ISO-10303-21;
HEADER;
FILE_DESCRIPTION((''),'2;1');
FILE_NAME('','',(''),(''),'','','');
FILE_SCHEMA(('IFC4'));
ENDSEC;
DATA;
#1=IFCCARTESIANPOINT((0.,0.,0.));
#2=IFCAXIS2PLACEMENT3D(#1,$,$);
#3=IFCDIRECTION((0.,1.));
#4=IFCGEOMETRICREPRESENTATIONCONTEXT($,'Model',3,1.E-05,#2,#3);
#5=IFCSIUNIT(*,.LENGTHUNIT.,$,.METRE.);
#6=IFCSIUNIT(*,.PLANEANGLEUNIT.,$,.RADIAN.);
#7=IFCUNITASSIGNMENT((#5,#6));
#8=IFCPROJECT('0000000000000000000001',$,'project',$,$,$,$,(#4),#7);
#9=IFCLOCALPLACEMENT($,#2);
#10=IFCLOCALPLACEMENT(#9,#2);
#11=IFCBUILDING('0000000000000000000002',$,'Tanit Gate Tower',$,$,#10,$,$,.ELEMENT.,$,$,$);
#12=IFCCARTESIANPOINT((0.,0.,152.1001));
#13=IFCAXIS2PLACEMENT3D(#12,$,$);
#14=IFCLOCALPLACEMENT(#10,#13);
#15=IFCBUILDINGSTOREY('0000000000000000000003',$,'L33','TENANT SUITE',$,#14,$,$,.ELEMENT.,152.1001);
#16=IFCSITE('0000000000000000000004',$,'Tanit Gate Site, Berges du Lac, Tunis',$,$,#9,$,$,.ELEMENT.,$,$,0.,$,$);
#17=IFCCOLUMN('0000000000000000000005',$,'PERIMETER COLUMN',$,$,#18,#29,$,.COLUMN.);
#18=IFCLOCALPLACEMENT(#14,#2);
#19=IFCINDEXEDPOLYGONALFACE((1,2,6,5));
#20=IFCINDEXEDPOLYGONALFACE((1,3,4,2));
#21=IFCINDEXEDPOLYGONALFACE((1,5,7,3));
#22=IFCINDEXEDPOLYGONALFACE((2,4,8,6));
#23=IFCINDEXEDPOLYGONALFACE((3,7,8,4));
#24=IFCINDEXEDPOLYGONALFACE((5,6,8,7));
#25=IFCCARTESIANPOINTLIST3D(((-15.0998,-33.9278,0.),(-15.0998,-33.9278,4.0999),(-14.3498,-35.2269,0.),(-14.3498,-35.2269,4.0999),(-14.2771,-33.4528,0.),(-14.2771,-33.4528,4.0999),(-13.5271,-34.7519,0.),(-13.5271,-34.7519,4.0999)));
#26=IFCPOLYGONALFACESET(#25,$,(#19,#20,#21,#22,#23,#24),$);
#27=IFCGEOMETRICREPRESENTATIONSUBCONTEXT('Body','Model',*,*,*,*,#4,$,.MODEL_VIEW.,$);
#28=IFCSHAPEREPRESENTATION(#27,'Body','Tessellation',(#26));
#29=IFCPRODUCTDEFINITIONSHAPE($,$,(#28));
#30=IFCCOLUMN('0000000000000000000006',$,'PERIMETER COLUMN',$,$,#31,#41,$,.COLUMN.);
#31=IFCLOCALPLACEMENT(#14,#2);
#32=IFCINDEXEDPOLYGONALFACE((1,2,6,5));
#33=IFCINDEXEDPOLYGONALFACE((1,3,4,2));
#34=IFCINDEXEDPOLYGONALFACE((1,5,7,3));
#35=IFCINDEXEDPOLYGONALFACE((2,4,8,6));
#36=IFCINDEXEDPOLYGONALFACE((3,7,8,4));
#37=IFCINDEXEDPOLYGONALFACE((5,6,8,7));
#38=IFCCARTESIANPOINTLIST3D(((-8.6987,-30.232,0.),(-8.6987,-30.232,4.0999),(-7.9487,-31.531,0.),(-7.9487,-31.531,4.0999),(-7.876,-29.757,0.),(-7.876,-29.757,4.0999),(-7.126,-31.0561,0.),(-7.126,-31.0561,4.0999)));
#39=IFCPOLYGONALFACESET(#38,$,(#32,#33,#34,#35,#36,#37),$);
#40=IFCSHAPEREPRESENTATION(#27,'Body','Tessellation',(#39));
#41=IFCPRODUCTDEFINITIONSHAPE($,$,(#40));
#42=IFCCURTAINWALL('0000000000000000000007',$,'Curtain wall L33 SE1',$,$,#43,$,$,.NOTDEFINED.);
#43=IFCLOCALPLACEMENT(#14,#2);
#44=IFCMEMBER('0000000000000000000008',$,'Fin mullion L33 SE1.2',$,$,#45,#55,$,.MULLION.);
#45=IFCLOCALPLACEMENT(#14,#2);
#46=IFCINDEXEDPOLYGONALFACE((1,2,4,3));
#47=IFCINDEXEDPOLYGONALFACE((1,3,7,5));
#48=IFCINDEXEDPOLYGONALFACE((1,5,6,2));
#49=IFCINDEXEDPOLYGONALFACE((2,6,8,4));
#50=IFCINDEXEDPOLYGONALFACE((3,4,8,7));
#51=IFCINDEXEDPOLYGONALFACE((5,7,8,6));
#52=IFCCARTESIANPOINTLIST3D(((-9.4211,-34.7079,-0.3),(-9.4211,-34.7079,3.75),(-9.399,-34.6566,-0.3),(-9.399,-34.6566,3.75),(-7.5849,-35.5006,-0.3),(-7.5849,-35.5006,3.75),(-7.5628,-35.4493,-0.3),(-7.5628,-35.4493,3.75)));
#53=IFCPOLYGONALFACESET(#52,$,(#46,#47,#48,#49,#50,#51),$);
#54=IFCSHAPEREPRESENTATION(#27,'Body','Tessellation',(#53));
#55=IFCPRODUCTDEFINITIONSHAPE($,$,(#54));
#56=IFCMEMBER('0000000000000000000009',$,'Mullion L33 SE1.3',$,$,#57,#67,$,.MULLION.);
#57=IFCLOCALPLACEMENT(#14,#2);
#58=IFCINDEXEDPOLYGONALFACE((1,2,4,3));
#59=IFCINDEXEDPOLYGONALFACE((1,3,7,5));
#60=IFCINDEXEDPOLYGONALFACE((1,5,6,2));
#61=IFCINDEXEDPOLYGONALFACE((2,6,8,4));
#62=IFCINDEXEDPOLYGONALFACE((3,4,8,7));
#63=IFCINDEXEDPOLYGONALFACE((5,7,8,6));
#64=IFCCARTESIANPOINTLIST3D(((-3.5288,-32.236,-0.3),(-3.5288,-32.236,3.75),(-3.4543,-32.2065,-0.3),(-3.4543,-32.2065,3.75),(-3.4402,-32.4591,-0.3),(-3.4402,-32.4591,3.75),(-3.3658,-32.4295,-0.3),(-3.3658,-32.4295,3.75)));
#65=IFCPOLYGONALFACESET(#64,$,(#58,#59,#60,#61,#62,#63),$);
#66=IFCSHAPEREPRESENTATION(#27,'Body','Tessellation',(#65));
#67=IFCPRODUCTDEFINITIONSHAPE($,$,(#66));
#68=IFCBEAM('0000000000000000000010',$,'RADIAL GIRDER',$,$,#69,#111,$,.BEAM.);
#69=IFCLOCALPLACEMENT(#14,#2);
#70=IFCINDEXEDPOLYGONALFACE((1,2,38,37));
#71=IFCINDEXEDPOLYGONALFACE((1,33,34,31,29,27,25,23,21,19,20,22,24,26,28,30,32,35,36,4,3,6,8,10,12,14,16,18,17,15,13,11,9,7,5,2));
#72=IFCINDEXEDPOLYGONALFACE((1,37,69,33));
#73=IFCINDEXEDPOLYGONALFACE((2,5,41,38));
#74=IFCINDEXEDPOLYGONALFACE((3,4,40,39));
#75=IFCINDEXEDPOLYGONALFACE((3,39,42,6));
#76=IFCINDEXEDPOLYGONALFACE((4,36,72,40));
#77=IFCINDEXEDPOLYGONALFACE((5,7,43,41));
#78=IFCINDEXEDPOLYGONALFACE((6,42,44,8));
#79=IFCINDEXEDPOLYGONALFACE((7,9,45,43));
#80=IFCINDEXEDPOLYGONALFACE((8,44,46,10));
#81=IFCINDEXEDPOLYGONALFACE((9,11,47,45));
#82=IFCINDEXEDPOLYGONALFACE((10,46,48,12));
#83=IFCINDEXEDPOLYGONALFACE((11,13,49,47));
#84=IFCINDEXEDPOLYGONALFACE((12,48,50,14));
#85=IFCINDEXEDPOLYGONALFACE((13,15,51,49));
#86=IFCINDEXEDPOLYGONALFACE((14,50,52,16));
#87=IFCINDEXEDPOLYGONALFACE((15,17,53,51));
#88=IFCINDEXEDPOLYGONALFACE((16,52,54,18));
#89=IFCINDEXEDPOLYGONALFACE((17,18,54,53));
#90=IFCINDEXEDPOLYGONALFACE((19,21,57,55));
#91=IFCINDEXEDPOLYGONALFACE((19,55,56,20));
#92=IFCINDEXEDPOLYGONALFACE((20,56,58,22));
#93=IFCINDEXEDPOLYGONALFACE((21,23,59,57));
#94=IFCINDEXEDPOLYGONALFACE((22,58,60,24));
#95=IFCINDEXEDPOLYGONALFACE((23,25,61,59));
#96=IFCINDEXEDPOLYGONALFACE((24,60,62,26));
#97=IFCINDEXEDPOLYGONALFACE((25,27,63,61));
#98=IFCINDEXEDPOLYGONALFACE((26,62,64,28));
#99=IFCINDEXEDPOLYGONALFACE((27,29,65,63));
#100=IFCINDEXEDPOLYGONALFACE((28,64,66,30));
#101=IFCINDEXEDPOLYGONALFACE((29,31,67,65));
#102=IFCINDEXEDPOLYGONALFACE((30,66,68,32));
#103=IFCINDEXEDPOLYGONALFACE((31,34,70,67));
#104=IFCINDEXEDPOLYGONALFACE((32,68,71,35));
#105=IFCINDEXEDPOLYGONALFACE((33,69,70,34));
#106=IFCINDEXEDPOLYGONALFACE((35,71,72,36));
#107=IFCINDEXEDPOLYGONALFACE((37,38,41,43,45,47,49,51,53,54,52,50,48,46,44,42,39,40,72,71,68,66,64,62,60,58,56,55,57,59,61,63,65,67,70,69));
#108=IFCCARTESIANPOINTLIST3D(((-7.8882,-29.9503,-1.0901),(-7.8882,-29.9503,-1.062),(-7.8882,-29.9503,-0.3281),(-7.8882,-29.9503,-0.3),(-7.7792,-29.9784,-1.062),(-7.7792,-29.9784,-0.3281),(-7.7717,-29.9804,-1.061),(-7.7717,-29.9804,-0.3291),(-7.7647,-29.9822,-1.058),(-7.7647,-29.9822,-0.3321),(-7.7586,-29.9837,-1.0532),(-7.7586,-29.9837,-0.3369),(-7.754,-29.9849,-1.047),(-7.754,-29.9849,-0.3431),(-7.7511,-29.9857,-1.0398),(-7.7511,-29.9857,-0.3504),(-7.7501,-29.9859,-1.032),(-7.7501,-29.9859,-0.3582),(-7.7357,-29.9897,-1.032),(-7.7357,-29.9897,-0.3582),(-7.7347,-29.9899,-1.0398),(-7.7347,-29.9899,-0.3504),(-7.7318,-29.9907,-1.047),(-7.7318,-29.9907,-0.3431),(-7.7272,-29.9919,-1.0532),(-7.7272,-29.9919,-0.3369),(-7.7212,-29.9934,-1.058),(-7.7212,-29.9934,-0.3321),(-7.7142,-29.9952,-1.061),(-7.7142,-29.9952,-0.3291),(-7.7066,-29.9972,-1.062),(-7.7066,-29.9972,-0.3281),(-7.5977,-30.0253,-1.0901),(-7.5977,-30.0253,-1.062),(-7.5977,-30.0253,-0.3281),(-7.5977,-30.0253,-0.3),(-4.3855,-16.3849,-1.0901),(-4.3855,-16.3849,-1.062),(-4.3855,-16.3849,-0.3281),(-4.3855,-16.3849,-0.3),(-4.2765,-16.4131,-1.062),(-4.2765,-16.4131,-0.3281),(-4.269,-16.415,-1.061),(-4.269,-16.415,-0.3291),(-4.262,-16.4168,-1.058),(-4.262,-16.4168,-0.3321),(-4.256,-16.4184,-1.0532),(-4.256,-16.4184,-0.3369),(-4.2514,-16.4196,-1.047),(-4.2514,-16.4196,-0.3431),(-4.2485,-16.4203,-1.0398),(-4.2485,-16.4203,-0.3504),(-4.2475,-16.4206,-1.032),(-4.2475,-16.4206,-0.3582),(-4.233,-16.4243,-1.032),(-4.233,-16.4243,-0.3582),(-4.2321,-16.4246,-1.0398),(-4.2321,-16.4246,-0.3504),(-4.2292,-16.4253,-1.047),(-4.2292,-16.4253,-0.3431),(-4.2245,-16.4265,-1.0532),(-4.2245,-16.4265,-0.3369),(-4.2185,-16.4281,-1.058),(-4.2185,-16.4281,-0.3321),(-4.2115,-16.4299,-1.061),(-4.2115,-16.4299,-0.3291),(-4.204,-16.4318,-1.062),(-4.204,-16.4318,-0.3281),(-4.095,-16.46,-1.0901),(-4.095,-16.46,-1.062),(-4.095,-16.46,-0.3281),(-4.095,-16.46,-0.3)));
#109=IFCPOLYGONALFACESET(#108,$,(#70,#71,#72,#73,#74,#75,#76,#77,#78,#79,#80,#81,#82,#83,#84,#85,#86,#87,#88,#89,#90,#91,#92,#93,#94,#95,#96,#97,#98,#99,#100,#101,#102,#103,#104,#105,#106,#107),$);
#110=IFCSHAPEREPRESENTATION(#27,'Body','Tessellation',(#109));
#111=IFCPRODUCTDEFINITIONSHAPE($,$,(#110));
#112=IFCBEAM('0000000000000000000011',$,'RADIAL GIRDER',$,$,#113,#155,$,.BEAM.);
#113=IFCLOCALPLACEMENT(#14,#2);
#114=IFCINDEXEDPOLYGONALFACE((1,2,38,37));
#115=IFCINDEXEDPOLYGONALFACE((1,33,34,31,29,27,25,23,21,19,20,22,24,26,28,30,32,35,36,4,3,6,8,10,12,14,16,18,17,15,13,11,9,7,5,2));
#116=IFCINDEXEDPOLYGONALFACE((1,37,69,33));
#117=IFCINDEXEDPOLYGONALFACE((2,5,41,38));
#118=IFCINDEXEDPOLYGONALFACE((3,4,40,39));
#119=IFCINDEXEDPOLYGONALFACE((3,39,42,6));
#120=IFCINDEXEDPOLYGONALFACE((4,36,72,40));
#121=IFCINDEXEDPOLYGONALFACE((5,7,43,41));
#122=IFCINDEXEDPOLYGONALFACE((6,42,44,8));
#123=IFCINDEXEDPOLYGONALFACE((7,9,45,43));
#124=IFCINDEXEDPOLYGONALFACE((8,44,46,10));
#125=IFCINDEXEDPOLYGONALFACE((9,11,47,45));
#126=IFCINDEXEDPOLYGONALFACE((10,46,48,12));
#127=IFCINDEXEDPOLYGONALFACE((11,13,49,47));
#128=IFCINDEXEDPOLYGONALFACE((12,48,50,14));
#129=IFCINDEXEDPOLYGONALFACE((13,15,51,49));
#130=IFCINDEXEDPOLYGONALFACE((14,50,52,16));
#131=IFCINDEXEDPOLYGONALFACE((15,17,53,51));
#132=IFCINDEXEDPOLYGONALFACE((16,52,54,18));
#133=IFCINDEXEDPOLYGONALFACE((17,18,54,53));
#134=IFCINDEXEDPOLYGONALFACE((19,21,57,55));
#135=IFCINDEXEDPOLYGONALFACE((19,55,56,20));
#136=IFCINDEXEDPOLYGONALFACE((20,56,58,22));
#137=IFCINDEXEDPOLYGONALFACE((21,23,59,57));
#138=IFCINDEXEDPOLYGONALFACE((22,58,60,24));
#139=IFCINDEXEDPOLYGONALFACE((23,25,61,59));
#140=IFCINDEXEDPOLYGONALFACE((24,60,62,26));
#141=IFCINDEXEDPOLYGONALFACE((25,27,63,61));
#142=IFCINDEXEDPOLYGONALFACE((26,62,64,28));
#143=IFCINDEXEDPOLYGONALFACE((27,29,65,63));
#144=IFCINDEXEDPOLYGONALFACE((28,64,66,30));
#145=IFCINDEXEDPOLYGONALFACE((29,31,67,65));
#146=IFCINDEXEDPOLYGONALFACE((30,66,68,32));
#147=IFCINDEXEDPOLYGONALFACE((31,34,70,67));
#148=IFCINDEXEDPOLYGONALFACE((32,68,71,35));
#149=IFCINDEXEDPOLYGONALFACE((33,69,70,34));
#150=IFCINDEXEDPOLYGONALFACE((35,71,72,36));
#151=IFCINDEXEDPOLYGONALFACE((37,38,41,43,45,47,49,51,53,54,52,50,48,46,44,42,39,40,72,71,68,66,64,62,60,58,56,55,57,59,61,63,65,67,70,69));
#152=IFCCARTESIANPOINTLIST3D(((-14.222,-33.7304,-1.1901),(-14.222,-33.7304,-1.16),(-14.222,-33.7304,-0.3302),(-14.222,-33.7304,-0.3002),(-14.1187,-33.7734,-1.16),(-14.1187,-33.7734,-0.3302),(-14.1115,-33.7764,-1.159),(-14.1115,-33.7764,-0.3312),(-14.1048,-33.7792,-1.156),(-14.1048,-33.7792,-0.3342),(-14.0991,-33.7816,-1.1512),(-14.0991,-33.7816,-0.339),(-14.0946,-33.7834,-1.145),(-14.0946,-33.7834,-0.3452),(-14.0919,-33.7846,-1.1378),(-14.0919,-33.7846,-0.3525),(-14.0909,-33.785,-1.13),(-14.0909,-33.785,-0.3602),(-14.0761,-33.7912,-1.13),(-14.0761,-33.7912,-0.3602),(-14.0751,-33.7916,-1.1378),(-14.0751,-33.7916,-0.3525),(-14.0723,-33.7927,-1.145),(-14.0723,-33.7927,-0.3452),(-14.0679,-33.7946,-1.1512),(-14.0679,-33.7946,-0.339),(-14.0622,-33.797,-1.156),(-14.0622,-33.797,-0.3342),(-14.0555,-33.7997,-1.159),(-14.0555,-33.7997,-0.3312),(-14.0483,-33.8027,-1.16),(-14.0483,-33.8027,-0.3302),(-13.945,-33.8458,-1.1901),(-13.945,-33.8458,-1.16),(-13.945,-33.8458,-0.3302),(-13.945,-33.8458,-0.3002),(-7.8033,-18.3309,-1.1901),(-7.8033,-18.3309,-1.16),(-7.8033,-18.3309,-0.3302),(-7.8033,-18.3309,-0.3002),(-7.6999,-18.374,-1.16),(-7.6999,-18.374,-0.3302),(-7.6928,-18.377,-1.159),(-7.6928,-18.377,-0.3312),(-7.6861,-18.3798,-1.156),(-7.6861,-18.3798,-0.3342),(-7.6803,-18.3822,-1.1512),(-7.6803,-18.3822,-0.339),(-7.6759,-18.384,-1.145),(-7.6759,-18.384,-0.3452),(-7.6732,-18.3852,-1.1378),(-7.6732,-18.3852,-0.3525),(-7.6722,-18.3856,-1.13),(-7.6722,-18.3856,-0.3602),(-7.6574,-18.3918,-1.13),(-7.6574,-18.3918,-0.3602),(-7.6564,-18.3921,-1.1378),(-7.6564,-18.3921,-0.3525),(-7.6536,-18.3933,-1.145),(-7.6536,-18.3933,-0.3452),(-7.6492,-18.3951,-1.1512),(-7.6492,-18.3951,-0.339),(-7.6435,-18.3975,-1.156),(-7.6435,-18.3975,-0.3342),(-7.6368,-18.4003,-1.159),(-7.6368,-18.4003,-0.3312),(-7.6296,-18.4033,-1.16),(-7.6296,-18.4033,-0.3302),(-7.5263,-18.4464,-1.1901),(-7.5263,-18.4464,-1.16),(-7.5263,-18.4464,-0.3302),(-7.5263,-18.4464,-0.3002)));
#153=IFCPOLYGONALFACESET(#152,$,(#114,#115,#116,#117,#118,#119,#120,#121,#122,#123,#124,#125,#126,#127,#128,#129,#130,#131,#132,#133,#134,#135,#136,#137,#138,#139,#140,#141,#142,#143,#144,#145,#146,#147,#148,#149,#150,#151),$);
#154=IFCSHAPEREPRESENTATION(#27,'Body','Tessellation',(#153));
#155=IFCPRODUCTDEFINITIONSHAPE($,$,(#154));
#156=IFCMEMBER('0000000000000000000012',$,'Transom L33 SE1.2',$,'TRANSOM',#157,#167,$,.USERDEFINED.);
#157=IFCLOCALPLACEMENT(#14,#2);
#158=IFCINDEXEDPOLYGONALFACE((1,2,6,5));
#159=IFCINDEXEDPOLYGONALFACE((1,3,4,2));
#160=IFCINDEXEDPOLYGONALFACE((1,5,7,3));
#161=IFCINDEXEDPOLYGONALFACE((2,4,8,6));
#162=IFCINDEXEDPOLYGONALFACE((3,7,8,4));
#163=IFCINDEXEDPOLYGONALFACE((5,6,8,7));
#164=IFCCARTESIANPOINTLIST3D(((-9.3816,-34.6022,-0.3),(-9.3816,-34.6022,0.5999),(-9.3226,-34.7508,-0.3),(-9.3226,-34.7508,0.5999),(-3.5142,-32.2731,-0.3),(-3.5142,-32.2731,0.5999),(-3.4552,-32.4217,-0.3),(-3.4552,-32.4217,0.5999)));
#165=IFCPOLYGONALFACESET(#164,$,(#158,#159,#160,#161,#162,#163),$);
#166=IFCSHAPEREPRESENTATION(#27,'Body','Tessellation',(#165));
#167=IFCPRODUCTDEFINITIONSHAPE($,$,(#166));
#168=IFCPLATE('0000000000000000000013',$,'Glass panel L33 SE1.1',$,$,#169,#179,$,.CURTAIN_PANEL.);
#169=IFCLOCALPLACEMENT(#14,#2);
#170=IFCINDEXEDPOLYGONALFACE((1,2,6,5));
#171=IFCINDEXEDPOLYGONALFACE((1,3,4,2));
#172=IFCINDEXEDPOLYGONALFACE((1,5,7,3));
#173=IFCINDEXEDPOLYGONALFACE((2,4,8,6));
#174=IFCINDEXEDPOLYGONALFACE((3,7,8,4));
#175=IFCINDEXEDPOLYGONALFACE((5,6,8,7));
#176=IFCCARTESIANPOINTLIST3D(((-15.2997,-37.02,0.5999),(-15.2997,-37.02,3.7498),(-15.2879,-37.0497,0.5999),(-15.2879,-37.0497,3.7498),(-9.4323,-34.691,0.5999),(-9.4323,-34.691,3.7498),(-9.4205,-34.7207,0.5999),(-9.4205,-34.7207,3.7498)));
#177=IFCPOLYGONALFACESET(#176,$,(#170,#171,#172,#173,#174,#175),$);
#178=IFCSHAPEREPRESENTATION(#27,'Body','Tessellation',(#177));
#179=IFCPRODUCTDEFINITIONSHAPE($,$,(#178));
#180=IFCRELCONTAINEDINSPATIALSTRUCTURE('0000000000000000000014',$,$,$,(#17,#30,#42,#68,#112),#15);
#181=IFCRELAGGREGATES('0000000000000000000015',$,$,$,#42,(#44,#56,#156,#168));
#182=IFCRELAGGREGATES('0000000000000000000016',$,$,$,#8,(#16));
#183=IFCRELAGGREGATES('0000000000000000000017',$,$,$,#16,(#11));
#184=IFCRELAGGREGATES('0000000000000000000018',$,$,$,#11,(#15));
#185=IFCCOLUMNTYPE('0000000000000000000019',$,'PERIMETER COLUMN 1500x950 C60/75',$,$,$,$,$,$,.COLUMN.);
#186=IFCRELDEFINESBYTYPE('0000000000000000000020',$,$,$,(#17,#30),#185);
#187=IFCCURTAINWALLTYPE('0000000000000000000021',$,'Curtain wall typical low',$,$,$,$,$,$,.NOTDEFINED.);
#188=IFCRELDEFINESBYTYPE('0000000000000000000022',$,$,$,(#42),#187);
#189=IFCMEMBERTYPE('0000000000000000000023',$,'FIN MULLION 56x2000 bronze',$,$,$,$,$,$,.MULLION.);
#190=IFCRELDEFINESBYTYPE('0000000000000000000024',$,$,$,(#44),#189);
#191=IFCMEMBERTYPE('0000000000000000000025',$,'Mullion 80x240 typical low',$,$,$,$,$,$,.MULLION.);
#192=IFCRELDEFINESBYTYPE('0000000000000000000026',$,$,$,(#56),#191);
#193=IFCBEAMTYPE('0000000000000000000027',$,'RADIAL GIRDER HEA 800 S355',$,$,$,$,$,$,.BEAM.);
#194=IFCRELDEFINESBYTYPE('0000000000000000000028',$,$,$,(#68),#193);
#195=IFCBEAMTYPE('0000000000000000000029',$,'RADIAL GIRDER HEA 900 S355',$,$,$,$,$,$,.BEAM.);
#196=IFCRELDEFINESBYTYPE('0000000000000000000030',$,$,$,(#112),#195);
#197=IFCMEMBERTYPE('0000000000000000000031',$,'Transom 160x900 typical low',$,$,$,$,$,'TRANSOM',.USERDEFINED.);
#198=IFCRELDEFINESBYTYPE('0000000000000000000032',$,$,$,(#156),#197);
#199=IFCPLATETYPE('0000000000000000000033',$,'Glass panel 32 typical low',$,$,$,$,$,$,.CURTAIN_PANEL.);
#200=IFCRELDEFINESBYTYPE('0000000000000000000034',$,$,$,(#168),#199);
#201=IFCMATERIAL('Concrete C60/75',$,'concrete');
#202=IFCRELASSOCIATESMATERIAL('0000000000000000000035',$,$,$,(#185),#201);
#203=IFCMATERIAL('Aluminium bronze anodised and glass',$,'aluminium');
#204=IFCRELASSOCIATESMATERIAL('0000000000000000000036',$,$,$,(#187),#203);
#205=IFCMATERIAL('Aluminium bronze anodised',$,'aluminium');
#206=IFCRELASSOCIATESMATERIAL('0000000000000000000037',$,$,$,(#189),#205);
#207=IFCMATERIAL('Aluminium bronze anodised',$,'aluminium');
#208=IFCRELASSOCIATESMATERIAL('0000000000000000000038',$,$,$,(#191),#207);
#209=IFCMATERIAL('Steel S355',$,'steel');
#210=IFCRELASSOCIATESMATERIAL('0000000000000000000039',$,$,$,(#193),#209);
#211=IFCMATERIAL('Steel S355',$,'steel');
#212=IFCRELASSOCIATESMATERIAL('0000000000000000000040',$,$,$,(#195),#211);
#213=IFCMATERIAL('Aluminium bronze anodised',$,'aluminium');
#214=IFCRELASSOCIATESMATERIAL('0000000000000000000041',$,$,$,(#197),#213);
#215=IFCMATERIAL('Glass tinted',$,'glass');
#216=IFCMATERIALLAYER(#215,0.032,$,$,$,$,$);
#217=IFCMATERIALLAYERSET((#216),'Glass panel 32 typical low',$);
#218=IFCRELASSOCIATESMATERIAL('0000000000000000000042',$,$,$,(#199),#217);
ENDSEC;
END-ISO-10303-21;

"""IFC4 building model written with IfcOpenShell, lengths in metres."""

from ifc_helpers import new_model, si_unit, direction, frame, origin, origin_2d, place, context, subcontext, project, spatial, rectangle, i_section, extrude, material, layer, layer_set, material_profile, profile_set, type_object, element, aggregate, save


model = new_model("IFC4")

# Units and contexts
model_context = context("Model", 3, precision=1e-05, world=origin(), true_north=direction((0.0, 1.0)))
body_context = subcontext(model_context, "Body", "Model", "MODEL_VIEW")
ifc_project = project(units=[si_unit("LENGTHUNIT", "METRE"), si_unit("PLANEANGLEUNIT", "RADIAN")], contexts=[model_context])

# Site, building, storey
site_placement = place(None, origin())
site = spatial("IfcSite", under=ifc_project, at=site_placement, Name="Tanit Gate Site, Berges du Lac, Tunis", CompositionType="ELEMENT", RefElevation=0.0)
building_placement = place(site_placement, origin())
building = spatial("IfcBuilding", under=site, at=building_placement, Name="Tanit Gate Tower", CompositionType="ELEMENT")
storey_placement = place(building_placement, frame((0.0, 0.0, 152.1001)))
storey = spatial("IfcBuildingStorey", under=building, at=storey_placement, Name="L33", Description="TENANT SUITE", CompositionType="ELEMENT", Elevation=152.1001)

# Columns
ifc_material_1 = material(Name="Concrete C60/75", Category="concrete")
ifc_material_profile_1 = material_profile(ifc_material_1, rectangle(XDim=1.5, YDim=0.95, at=origin_2d()), Name="RC 1500x950")
ifc_profile_set_1 = profile_set([ifc_material_profile_1], Name="Concrete C60/75")
column_type = type_object("IfcColumnType", Name="PERIMETER COLUMN 1500x950 C60/75", PredefinedType="COLUMN", material=ifc_profile_set_1)
for number, where, z_axis, x_axis, name in (
    (1, (-14.3135, -34.3398, 0.0), (0.0, 0.0, 1.0), (0.5, -0.866025, 0.0), "PERIMETER COLUMN"),
    (2, (-7.9124, -30.644, 0.0), (0.0, 0.0, 1.0), (0.5, -0.866025, 0.0), "PERIMETER COLUMN"),
):
    element("IfcColumn", number, at=place(storey_placement, frame(where, z_axis=z_axis, x_axis=x_axis)), inside=storey, type_object=column_type, Name=name, PredefinedType="COLUMN", context=body_context, shape_type="SweptSolid", body=[
        extrude(rectangle(XDim=1.5, YDim=0.95, at=origin_2d()), origin(), (0.0, 0.0, 1.0), 4.0999),
    ])

# Curtain wall, members
ifc_material_2 = material(Name="Aluminium bronze anodised and glass", Category="aluminium")
curtain_wall_type = type_object("IfcCurtainWallType", Name="Curtain wall typical low", PredefinedType="NOTDEFINED", material=ifc_material_2)
curtain_wall_placement = place(storey_placement, origin())
curtain_wall = element("IfcCurtainWall", 3, at=curtain_wall_placement, inside=storey, type_object=curtain_wall_type, Name="Curtain wall L33 SE1", PredefinedType="NOTDEFINED")
ifc_material_3 = material(Name="Aluminium bronze anodised", Category="aluminium")
ifc_material_profile_2 = material_profile(ifc_material_3, rectangle(XDim=2.0, YDim=0.0559, at=origin_2d()), Name="56x2000 bronze fin mullion")
ifc_profile_set_2 = profile_set([ifc_material_profile_2], Name="Aluminium bronze anodised")
member_type_1 = type_object("IfcMemberType", Name="FIN MULLION 56x2000 bronze", PredefinedType="MULLION", material=ifc_profile_set_2)
member_1_placement = place(storey_placement, frame((-8.4919, -35.0786, -0.3), z_axis=(0.0, 0.0, 1.0), x_axis=(-0.918102, 0.396345, 0.0)))
member_1 = element("IfcMember", 4, at=member_1_placement, type_object=member_type_1, Name="Fin mullion L33 SE1.2", PredefinedType="MULLION", context=body_context, shape_type="SweptSolid", body=[
    extrude(rectangle(XDim=2.0, YDim=0.0559, at=origin_2d()), origin(), (0.0, 0.0, 1.0), 4.05),
])
ifc_material_4 = material(Name="Aluminium bronze anodised", Category="aluminium")
ifc_material_profile_3 = material_profile(ifc_material_4, rectangle(XDim=0.24, YDim=0.0801, at=origin_2d()), Name="80x240 bronze mullion")
ifc_profile_set_3 = profile_set([ifc_material_profile_3], Name="Aluminium bronze anodised")
member_type_2 = type_object("IfcMemberType", Name="Mullion 80x240 typical low", PredefinedType="MULLION", material=ifc_profile_set_3)
member_2_placement = place(storey_placement, frame((-3.4473, -32.3328, -0.3), z_axis=(0.0, 0.0, 1.0), x_axis=(-0.368938, 0.929454, 0.0)))
member_2 = element("IfcMember", 5, at=member_2_placement, type_object=member_type_2, Name="Mullion L33 SE1.3", PredefinedType="MULLION", context=body_context, shape_type="SweptSolid", body=[
    extrude(rectangle(XDim=0.24, YDim=0.0801, at=origin_2d()), origin(), (0.0, 0.0, 1.0), 4.05),
])

# Beams
ifc_material_5 = material(Name="Steel S355", Category="steel")
ifc_material_profile_4 = material_profile(ifc_material_5, i_section(OverallWidth=0.3, OverallDepth=0.79, WebThickness=0.0149, FlangeThickness=0.0281, FilletRadius=0.03, at=origin_2d()), Name="HEA 800")
ifc_profile_set_4 = profile_set([ifc_material_profile_4], Name="Steel S355")
beam_type_1 = type_object("IfcBeamType", Name="RADIAL GIRDER HEA 800 S355", PredefinedType="BEAM", material=ifc_profile_set_4)
beam_1_placement = place(storey_placement, frame((-7.7429, -29.9878, -0.6951), z_axis=(0.250007, 0.968244, 0.0), x_axis=(-0.968244, 0.250007, 0.0)))
element("IfcBeam", 6, at=beam_1_placement, inside=storey, type_object=beam_type_1, Name="RADIAL GIRDER", PredefinedType="BEAM", context=body_context, shape_type="SweptSolid", body=[
    extrude(i_section(OverallWidth=0.3, OverallDepth=0.79, WebThickness=0.0149, FlangeThickness=0.0281, FilletRadius=0.03, at=origin_2d()), origin(), (0.0, 0.0, 1.0), 14.0103),
])
ifc_material_6 = material(Name="Steel S355", Category="steel")
ifc_material_profile_5 = material_profile(ifc_material_6, i_section(OverallWidth=0.3, OverallDepth=0.8899, WebThickness=0.0161, FlangeThickness=0.03, FilletRadius=0.03, at=origin_2d()), Name="HEA 900")
ifc_profile_set_5 = profile_set([ifc_material_profile_5], Name="Steel S355")
beam_type_2 = type_object("IfcBeamType", Name="RADIAL GIRDER HEA 900 S355", PredefinedType="BEAM", material=ifc_profile_set_5)
beam_2_placement = place(storey_placement, frame((-14.0835, -33.7881, -0.7451), z_axis=(0.384732, 0.923028, 0.0), x_axis=(-0.923028, 0.384732, 0.0)))
element("IfcBeam", 7, at=beam_2_placement, inside=storey, type_object=beam_type_2, Name="RADIAL GIRDER", PredefinedType="BEAM", context=body_context, shape_type="SweptSolid", body=[
    extrude(i_section(OverallWidth=0.3, OverallDepth=0.8899, WebThickness=0.0161, FlangeThickness=0.03, FilletRadius=0.03, at=origin_2d()), origin(), (0.0, 0.0, 1.0), 16.6836),
])

# Member
ifc_material_7 = material(Name="Aluminium bronze anodised", Category="aluminium")
ifc_material_profile_6 = material_profile(ifc_material_7, rectangle(XDim=0.1599, YDim=0.8999, at=origin_2d()), Name="160x900 bronze transom")
ifc_profile_set_6 = profile_set([ifc_material_profile_6], Name="Aluminium bronze anodised")
member_type_3 = type_object("IfcMemberType", Name="Transom 160x900 typical low", ElementType="TRANSOM", PredefinedType="USERDEFINED", material=ifc_profile_set_6)
member_3_placement = place(storey_placement, frame((-9.3521, -34.6765, 0.1499), z_axis=(0.92945, 0.368949, 0.0), x_axis=(-0.368949, 0.92945, 0.0)))
member_3 = element("IfcMember", 8, at=member_3_placement, type_object=member_type_3, Name="Transom L33 SE1.2", ObjectType="TRANSOM", PredefinedType="USERDEFINED", context=body_context, shape_type="SweptSolid", body=[
    extrude(rectangle(XDim=0.1599, YDim=0.8999, at=origin_2d()), origin(), (0.0, 0.0, 1.0), 6.3127),
])

# Plate
ifc_material_8 = material(Name="Glass tinted", Category="glass")
ifc_layer_1 = layer(ifc_material_8, 0.032)
ifc_layer_set_1 = layer_set([ifc_layer_1], Name="Glass panel 32 typical low")
plate_type = type_object("IfcPlateType", Name="Glass panel 32 typical low", PredefinedType="CURTAIN_PANEL", material=ifc_layer_set_1)
plate_1_placement = place(storey_placement, frame((-12.3601, -35.8704, 0.5999), z_axis=(0.0, 0.0, 1.0), x_axis=(0.929454, 0.368938, 0.0)))
plate_1 = element("IfcPlate", 9, at=plate_1_placement, type_object=plate_type, Name="Glass panel L33 SE1.1", PredefinedType="CURTAIN_PANEL", context=body_context, shape_type="SweptSolid", body=[
    extrude(rectangle(XDim=6.3127, YDim=0.032, at=origin_2d()), origin(), (0.0, 0.0, 1.0), 3.1499),
])
aggregate(curtain_wall, [member_1, member_2, member_3, plate_1])

save(model, "model.ifc")
